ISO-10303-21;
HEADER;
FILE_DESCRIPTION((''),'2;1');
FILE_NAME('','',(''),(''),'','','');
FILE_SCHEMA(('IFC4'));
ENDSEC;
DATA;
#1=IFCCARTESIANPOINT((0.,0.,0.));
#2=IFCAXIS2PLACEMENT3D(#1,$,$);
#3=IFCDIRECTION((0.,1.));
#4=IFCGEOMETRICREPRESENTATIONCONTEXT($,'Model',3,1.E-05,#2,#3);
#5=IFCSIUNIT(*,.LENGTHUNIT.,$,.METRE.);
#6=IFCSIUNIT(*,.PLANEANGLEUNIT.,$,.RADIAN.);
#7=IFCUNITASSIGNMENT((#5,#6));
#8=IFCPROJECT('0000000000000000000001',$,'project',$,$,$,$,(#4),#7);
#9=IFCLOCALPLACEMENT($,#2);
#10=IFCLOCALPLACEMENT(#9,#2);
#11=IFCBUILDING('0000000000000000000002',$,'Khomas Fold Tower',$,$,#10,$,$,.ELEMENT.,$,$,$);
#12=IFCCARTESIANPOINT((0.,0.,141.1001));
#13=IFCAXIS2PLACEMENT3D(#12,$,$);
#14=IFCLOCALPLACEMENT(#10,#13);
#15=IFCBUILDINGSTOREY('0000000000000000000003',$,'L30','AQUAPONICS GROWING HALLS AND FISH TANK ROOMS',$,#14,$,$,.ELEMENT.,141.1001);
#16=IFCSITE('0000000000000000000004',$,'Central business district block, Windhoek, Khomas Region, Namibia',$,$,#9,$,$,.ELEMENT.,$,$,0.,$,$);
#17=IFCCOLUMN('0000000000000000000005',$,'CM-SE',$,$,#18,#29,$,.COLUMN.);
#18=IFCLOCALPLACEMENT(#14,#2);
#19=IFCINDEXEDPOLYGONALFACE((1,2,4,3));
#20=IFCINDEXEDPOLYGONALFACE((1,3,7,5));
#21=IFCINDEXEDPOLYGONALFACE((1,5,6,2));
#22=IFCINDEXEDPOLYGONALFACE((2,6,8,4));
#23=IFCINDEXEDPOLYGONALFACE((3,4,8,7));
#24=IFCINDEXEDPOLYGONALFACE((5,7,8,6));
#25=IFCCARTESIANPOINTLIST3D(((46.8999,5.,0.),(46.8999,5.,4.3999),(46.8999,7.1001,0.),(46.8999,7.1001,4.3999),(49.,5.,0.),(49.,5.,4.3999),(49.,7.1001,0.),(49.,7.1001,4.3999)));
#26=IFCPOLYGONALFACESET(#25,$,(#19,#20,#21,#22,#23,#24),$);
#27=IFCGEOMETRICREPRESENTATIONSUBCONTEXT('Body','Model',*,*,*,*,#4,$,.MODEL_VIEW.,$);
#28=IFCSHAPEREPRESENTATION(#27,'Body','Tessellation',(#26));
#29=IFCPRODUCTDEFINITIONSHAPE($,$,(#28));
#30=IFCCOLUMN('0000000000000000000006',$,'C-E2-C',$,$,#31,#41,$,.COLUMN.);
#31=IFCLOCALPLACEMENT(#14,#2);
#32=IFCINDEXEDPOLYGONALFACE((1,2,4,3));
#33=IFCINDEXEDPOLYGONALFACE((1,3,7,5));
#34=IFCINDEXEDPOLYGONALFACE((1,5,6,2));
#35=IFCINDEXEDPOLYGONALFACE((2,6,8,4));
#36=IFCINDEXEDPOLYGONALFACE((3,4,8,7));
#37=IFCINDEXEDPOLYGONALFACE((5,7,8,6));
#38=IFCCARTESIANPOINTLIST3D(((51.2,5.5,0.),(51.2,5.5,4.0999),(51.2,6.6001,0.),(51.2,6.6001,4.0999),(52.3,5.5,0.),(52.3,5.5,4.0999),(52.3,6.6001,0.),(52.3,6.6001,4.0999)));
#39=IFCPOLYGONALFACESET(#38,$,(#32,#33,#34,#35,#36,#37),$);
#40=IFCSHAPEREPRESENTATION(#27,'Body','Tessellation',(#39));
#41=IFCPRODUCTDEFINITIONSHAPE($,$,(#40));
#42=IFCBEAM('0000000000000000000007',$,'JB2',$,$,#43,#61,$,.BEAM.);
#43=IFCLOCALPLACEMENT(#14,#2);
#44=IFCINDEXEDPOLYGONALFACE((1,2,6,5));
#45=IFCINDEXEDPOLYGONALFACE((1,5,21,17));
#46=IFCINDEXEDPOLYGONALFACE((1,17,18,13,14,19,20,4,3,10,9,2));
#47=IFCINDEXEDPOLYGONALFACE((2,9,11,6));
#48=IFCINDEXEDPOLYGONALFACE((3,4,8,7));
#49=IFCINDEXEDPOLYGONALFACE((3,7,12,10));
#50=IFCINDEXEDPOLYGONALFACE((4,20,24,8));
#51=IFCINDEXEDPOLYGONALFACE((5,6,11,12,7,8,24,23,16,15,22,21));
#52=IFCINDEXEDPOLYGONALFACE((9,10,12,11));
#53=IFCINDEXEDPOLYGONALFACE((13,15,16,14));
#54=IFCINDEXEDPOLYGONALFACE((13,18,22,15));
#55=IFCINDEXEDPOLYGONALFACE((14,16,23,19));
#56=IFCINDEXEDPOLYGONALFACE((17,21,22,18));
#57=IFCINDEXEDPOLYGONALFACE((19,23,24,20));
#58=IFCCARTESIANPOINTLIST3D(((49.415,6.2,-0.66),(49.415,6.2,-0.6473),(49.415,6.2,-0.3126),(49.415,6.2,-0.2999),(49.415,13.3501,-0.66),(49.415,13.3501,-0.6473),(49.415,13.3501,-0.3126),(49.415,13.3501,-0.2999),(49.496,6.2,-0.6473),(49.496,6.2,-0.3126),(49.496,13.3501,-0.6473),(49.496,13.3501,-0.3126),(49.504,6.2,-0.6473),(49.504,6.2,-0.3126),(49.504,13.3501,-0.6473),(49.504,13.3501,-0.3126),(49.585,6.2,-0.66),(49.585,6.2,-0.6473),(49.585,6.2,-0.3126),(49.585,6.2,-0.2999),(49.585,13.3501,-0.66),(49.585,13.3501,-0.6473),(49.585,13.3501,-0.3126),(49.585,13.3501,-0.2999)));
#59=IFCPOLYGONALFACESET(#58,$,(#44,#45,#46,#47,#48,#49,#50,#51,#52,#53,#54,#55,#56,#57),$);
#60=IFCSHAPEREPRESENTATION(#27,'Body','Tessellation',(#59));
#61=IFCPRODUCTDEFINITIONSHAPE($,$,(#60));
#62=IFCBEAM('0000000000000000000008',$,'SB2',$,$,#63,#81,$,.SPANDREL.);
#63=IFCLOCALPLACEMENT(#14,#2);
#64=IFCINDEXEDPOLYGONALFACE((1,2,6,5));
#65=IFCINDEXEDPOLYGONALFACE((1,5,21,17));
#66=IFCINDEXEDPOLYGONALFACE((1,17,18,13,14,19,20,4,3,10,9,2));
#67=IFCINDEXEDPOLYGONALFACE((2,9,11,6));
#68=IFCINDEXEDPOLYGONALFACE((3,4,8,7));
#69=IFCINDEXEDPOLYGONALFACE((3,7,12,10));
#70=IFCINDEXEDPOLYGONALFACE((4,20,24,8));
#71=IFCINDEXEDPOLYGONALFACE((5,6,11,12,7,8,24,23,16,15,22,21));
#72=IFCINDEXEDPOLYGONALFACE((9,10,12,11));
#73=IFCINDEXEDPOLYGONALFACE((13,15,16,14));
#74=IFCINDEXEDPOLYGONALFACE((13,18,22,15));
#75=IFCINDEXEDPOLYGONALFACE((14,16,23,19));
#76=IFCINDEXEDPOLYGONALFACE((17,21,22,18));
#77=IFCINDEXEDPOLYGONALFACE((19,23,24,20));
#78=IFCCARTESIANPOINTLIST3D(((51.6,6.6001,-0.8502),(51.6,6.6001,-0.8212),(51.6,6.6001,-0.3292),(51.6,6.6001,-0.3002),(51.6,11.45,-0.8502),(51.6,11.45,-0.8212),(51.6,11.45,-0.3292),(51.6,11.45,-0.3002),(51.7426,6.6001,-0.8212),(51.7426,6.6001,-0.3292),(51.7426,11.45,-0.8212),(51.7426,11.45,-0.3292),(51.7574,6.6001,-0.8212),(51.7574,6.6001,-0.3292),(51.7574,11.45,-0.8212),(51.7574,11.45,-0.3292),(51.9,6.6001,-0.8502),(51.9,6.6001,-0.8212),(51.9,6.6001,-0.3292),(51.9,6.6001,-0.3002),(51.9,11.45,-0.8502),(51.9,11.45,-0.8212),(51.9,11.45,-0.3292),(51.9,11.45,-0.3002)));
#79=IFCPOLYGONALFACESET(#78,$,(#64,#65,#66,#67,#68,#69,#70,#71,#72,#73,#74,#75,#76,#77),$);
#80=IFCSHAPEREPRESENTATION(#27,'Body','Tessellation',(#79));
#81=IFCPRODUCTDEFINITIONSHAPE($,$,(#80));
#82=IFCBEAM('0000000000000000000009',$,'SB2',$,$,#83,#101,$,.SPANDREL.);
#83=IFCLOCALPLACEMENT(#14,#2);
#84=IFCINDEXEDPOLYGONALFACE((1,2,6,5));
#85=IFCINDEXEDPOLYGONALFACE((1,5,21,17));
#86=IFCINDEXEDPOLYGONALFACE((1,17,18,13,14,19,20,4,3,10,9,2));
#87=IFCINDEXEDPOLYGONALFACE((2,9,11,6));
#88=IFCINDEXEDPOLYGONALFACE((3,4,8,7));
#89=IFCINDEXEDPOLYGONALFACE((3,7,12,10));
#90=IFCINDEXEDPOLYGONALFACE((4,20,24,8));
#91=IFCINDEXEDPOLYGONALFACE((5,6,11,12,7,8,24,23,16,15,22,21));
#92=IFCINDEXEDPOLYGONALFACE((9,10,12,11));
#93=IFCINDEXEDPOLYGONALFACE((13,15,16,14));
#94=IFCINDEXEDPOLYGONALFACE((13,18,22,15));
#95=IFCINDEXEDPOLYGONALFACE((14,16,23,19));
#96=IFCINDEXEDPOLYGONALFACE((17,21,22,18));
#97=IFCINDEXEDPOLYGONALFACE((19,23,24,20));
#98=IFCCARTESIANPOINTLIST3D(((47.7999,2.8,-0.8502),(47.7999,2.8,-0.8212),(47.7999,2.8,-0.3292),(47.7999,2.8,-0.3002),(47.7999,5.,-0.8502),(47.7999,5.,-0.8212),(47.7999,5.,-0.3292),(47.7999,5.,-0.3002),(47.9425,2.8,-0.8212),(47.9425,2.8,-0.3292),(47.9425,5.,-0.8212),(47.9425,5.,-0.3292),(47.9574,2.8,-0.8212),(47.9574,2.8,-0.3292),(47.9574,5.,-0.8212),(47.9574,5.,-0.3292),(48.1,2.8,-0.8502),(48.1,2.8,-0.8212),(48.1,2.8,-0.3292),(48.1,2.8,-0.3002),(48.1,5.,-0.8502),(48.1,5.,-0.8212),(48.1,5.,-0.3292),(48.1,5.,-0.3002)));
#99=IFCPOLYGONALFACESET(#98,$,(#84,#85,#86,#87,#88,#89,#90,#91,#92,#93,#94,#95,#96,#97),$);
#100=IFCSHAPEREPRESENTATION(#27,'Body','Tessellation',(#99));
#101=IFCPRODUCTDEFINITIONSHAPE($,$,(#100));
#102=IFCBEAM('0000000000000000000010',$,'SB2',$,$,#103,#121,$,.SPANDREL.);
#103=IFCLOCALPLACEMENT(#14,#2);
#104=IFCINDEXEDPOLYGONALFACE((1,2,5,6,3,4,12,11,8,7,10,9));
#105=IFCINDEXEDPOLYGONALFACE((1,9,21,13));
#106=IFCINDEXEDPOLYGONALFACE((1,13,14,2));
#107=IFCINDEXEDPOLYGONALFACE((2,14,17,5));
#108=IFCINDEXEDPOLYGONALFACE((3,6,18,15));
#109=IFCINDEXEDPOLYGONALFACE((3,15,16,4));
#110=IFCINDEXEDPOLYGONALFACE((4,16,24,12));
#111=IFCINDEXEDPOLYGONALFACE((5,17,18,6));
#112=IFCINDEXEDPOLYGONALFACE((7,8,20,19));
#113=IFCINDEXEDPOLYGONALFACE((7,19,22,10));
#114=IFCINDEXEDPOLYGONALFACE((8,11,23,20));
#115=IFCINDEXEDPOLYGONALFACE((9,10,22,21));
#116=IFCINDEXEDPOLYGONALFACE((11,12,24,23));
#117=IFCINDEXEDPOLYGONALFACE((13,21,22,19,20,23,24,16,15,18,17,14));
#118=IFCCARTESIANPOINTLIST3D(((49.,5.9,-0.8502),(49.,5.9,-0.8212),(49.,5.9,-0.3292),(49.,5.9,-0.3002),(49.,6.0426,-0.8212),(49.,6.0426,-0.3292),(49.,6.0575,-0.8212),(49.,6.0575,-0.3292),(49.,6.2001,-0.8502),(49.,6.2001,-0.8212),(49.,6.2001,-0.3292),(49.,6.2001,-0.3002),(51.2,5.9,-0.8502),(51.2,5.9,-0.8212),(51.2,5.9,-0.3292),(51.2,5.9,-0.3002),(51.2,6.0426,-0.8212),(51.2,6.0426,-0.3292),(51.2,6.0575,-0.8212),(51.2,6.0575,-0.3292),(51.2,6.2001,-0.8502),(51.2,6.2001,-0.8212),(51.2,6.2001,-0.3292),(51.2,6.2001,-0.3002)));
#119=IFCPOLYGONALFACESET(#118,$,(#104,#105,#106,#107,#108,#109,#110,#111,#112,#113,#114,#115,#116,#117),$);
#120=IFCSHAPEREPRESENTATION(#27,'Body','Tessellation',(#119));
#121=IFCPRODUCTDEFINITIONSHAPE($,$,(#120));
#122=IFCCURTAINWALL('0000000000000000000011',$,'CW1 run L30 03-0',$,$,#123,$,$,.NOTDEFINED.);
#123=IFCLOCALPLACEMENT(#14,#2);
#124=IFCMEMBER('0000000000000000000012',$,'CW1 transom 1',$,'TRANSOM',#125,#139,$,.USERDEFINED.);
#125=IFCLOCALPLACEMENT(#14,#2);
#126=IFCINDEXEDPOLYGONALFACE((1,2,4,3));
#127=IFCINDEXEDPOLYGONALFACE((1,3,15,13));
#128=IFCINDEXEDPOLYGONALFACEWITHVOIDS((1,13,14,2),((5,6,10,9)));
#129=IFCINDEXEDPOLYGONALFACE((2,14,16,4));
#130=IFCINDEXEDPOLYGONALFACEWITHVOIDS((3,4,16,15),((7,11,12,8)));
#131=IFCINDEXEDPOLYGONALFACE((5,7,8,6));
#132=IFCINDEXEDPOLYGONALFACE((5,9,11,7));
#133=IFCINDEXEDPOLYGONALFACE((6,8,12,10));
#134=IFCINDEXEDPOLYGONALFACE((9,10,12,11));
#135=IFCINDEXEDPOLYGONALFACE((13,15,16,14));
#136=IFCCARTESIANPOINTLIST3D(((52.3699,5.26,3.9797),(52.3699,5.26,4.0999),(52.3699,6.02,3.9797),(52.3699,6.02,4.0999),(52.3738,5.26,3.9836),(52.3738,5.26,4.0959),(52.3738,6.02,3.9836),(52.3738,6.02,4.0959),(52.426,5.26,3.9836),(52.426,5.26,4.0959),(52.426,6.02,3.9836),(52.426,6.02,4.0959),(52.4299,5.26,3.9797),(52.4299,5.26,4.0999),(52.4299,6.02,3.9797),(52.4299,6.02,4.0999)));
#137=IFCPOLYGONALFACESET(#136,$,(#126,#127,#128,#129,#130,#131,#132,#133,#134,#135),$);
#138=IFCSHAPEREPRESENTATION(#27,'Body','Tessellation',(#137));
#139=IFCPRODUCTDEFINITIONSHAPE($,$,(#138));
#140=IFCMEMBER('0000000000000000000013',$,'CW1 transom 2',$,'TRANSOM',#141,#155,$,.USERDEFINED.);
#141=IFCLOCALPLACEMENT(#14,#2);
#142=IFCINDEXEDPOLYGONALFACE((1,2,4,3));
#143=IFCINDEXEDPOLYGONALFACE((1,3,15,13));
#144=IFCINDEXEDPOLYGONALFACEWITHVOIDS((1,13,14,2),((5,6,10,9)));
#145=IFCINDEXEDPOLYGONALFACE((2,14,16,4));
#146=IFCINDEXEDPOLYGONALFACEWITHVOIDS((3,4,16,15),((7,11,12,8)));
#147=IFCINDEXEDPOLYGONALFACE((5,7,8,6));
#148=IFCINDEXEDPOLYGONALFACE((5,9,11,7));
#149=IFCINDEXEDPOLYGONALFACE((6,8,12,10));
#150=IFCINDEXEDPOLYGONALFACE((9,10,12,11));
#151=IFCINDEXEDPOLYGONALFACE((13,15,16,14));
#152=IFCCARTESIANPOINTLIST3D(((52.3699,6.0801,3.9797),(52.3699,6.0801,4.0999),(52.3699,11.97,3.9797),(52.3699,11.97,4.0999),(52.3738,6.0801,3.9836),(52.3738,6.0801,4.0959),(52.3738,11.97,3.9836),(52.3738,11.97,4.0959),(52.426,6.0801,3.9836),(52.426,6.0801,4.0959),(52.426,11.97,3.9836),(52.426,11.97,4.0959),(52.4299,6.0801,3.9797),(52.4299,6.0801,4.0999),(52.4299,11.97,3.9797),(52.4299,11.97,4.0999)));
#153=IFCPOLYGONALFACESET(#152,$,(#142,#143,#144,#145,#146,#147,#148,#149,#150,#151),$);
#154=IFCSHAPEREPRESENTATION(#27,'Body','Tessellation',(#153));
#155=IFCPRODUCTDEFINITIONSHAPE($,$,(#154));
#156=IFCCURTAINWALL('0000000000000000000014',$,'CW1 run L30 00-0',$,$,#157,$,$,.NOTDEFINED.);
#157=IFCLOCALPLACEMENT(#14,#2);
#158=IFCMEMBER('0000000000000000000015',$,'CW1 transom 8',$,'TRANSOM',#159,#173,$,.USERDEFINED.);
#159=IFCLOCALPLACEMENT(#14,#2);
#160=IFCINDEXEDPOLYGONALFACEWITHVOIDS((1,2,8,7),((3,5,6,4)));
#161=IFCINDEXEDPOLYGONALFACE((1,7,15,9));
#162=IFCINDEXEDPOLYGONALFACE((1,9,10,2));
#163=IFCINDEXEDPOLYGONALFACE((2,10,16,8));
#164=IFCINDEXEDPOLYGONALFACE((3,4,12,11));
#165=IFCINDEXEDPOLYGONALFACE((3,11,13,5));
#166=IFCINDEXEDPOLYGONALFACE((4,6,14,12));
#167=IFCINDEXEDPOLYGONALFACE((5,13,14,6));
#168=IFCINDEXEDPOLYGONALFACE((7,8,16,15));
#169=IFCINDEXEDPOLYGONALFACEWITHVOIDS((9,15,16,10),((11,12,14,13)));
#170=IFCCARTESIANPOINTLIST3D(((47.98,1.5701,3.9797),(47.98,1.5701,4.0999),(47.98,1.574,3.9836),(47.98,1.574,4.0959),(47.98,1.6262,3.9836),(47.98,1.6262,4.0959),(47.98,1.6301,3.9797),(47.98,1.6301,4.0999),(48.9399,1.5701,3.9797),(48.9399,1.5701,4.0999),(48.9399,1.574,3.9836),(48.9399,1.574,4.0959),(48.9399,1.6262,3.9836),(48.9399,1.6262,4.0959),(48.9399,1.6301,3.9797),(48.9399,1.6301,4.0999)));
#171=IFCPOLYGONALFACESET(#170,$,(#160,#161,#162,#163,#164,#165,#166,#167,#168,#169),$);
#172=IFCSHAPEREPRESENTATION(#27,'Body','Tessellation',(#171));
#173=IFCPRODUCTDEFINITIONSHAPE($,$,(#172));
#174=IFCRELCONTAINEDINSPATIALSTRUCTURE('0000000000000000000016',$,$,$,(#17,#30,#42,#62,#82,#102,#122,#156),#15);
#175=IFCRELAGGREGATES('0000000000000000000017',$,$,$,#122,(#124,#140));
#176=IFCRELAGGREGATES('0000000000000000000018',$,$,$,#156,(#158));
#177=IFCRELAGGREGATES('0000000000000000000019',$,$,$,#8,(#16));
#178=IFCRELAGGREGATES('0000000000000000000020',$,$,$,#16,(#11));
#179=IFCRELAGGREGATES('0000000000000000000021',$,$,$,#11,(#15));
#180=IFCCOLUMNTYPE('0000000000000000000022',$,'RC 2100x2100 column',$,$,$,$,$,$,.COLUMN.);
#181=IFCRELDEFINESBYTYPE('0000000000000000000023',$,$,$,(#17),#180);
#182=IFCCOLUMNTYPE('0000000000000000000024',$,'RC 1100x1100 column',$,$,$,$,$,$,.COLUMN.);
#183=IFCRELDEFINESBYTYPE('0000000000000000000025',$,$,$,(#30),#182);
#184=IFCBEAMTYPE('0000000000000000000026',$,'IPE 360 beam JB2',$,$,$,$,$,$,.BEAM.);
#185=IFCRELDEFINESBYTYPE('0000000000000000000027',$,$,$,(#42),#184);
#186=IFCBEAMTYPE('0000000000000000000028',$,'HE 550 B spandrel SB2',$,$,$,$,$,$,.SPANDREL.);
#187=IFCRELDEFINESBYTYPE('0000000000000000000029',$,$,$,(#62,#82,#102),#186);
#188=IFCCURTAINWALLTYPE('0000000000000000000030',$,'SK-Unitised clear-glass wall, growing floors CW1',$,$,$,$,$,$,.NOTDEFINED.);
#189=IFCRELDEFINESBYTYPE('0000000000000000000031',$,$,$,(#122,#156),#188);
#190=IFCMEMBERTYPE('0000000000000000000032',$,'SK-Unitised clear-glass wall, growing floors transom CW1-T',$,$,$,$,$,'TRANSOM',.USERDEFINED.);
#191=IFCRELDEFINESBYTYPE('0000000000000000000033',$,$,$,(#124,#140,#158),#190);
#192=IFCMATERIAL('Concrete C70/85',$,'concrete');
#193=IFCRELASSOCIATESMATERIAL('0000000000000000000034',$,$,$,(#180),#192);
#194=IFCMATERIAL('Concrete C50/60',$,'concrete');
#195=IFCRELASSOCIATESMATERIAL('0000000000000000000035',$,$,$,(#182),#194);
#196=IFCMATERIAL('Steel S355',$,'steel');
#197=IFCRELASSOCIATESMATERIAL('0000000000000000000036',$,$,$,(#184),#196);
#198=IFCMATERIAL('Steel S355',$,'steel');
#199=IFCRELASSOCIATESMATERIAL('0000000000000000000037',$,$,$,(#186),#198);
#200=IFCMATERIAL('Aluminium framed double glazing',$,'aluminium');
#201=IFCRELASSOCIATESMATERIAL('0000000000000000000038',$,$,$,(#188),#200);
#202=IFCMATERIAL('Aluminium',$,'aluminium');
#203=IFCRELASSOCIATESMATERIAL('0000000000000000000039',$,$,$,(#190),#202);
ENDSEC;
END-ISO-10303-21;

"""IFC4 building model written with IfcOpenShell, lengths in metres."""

from ifc_helpers import new_model, si_unit, direction, frame, origin, origin_2d, place, context, subcontext, project, spatial, rectangle, hollow_rectangle, i_section, extrude, source, transform, mapped, material, material_profile, profile_set, type_object, element, aggregate, save


model = new_model("IFC4")

# Units and contexts
model_context = context("Model", 3, precision=1e-05, world=origin(), true_north=direction((0.0, 1.0)))
body_context = subcontext(model_context, "Body", "Model", "MODEL_VIEW")
ifc_project = project(units=[si_unit("LENGTHUNIT", "METRE"), si_unit("PLANEANGLEUNIT", "RADIAN")], contexts=[model_context])

# Site, building, storey
site_placement = place(None, origin())
site = spatial("IfcSite", under=ifc_project, at=site_placement, Name="Central business district block, Windhoek, Khomas Region, Namibia", CompositionType="ELEMENT", RefElevation=0.0)
building_placement = place(site_placement, origin())
building = spatial("IfcBuilding", under=site, at=building_placement, Name="Khomas Fold Tower", CompositionType="ELEMENT")
storey_placement = place(building_placement, frame((0.0, 0.0, 141.1001)))
storey = spatial("IfcBuildingStorey", under=building, at=storey_placement, Name="L30", Description="AQUAPONICS GROWING HALLS AND FISH TANK ROOMS", CompositionType="ELEMENT", Elevation=141.1001)

# Columns
ifc_material_1 = material(Name="Concrete C70/85", Category="concrete")
ifc_material_profile_1 = material_profile(ifc_material_1, rectangle(XDim=2.1001, YDim=2.1001, at=origin_2d()), Name="RC 2100x2100")
ifc_profile_set_1 = profile_set([ifc_material_profile_1], Name="Concrete C70/85")
column_type_1 = type_object("IfcColumnType", Name="RC 2100x2100 column", PredefinedType="COLUMN", material=ifc_profile_set_1)
shared_shape_1 = source(origin(), body_context, "Body", "SweptSolid", [
    extrude(rectangle(XDim=2.1001, YDim=2.1001, at=origin_2d()), origin(), (0.0, 0.0, 1.0), 4.3999),
])
column_1_placement = place(storey_placement, frame((47.95, 6.05, 0.0), z_axis=(0.0, 0.0, 1.0), x_axis=(1.0, 0.0, 0.0)))
element("IfcColumn", 1, at=column_1_placement, inside=storey, type_object=column_type_1, Name="CM-SE", PredefinedType="COLUMN", context=body_context, shape_type="MappedRepresentation", body=[
    mapped(shared_shape_1, transform((0.0, 0.0, 0.0))),
])
ifc_material_2 = material(Name="Concrete C50/60", Category="concrete")
ifc_material_profile_2 = material_profile(ifc_material_2, rectangle(XDim=1.1001, YDim=1.1001, at=origin_2d()), Name="RC 1100x1100")
ifc_profile_set_2 = profile_set([ifc_material_profile_2], Name="Concrete C50/60")
column_type_2 = type_object("IfcColumnType", Name="RC 1100x1100 column", PredefinedType="COLUMN", material=ifc_profile_set_2)
shared_shape_2 = source(origin(), body_context, "Body", "SweptSolid", [
    extrude(rectangle(XDim=1.1001, YDim=1.1001, at=origin_2d()), origin(), (0.0, 0.0, 1.0), 4.0999),
])
column_2_placement = place(storey_placement, frame((51.75, 6.05, 0.0), z_axis=(0.0, 0.0, 1.0), x_axis=(1.0, 0.0, 0.0)))
element("IfcColumn", 2, at=column_2_placement, inside=storey, type_object=column_type_2, Name="C-E2-C", PredefinedType="COLUMN", context=body_context, shape_type="MappedRepresentation", body=[
    mapped(shared_shape_2, transform((0.0, 0.0, 0.0))),
])

# Beams
ifc_material_3 = material(Name="Steel S355", Category="steel")
ifc_material_profile_3 = material_profile(ifc_material_3, i_section(OverallWidth=0.1699, OverallDepth=0.3601, WebThickness=0.0081, FlangeThickness=0.0127, at=origin_2d()), Name="IPE 360")
ifc_profile_set_3 = profile_set([ifc_material_profile_3], Name="Steel S355")
beam_type_1 = type_object("IfcBeamType", Name="IPE 360 beam JB2", PredefinedType="BEAM", material=ifc_profile_set_3)
shared_shape_3 = source(origin(), body_context, "Body", "SweptSolid", [
    extrude(i_section(OverallWidth=0.1699, OverallDepth=0.3601, WebThickness=0.0081, FlangeThickness=0.0127, at=origin_2d()), origin(), (0.0, 0.0, 1.0), 7.1501),
])
beam_1_placement = place(storey_placement, frame((49.5, 6.2, -0.48), z_axis=(0.0, 1.0, 0.0), x_axis=(-1.0, 0.0, 0.0)))
element("IfcBeam", 3, at=beam_1_placement, inside=storey, type_object=beam_type_1, Name="JB2", PredefinedType="BEAM", context=body_context, shape_type="MappedRepresentation", body=[
    mapped(shared_shape_3, transform((0.0, 0.0, 0.0))),
])
ifc_material_4 = material(Name="Steel S355", Category="steel")
ifc_material_profile_4 = material_profile(ifc_material_4, i_section(OverallWidth=0.3, OverallDepth=0.55, WebThickness=0.0149, FlangeThickness=0.0291, at=origin_2d()), Name="HE 550 B")
ifc_profile_set_4 = profile_set([ifc_material_profile_4], Name="Steel S355")
beam_type_2 = type_object("IfcBeamType", Name="HE 550 B spandrel SB2", PredefinedType="SPANDREL", material=ifc_profile_set_4)
shared_shape_4 = source(origin(), body_context, "Body", "SweptSolid", [
    extrude(i_section(OverallWidth=0.3, OverallDepth=0.55, WebThickness=0.0149, FlangeThickness=0.0291, at=origin_2d()), origin(), (0.0, 0.0, 1.0), 4.8499),
])
beam_2_placement = place(storey_placement, frame((51.75, 6.6001, -0.5752), z_axis=(0.0, 1.0, 0.0), x_axis=(-1.0, 0.0, 0.0)))
element("IfcBeam", 4, at=beam_2_placement, inside=storey, type_object=beam_type_2, Name="SB2", PredefinedType="SPANDREL", context=body_context, shape_type="MappedRepresentation", body=[
    mapped(shared_shape_4, transform((0.0, 0.0, 0.0))),
])
shared_shape_5 = source(origin(), body_context, "Body", "SweptSolid", [
    extrude(i_section(OverallWidth=0.3, OverallDepth=0.55, WebThickness=0.0149, FlangeThickness=0.0291, at=origin_2d()), origin(), (0.0, 0.0, 1.0), 2.2),
])
for number, where, z_axis, x_axis, name in (
    (5, (47.95, 2.8, -0.5752), (0.0, 1.0, 0.0), (-1.0, 0.0, 0.0), "SB2"),
    (6, (49.0, 6.05, -0.5752), (1.0, 0.0, 0.0), (0.0, 1.0, 0.0), "SB2"),
):
    element("IfcBeam", number, at=place(storey_placement, frame(where, z_axis=z_axis, x_axis=x_axis)), inside=storey, type_object=beam_type_2, Name=name, PredefinedType="SPANDREL", context=body_context, shape_type="MappedRepresentation", body=[
        mapped(shared_shape_5, transform((0.0, 0.0, 0.0))),
    ])

# Curtain wall, members
ifc_material_5 = material(Name="Aluminium framed double glazing", Category="aluminium")
curtain_wall_type = type_object("IfcCurtainWallType", Name="SK-Unitised clear-glass wall, growing floors CW1", PredefinedType="NOTDEFINED", material=ifc_material_5)
curtain_wall_1_placement = place(storey_placement, origin())
curtain_wall_1 = element("IfcCurtainWall", 7, at=curtain_wall_1_placement, inside=storey, type_object=curtain_wall_type, Name="CW1 run L30 03-0", PredefinedType="NOTDEFINED")
ifc_material_6 = material(Name="Aluminium", Category="aluminium")
ifc_material_profile_5 = material_profile(ifc_material_6, hollow_rectangle(XDim=0.0601, YDim=0.1201, WallThickness=0.0039, at=origin_2d()), Name="SK-Unitised clear-glass wall, growing floors transom CW1-T")
ifc_profile_set_5 = profile_set([ifc_material_profile_5], Name="Aluminium")
member_type_1 = type_object("IfcMemberType", Name="SK-Unitised clear-glass wall, growing floors transom CW1-T", ElementType="TRANSOM", PredefinedType="USERDEFINED", material=ifc_profile_set_5)
shared_shape_6 = source(origin(), body_context, "Body", "SweptSolid", [
    extrude(hollow_rectangle(XDim=0.0601, YDim=0.1201, WallThickness=0.0039, at=origin_2d()), origin(), (0.0, 0.0, 1.0), 0.76),
])
member_1_placement = place(storey_placement, frame((52.3999, 5.26, 4.0398), z_axis=(0.0, 1.0, 0.0), x_axis=(-1.0, 0.0, 0.0)))
member_1 = element("IfcMember", 8, at=member_1_placement, type_object=member_type_1, Name="CW1 transom 1", ObjectType="TRANSOM", PredefinedType="USERDEFINED", context=body_context, shape_type="MappedRepresentation", body=[
    mapped(shared_shape_6, transform((0.0, 0.0, 0.0))),
])
shared_shape_7 = source(origin(), body_context, "Body", "SweptSolid", [
    extrude(hollow_rectangle(XDim=0.0601, YDim=0.1201, WallThickness=0.0039, at=origin_2d()), origin(), (0.0, 0.0, 1.0), 5.8899),
])
member_2_placement = place(storey_placement, frame((52.3999, 6.0801, 4.0398), z_axis=(0.0, 1.0, 0.0), x_axis=(-1.0, 0.0, 0.0)))
member_2 = element("IfcMember", 9, at=member_2_placement, type_object=member_type_1, Name="CW1 transom 2", ObjectType="TRANSOM", PredefinedType="USERDEFINED", context=body_context, shape_type="MappedRepresentation", body=[
    mapped(shared_shape_7, transform((0.0, 0.0, 0.0))),
])

# Curtain wall, member
curtain_wall_2_placement = place(storey_placement, origin())
curtain_wall_2 = element("IfcCurtainWall", 10, at=curtain_wall_2_placement, inside=storey, type_object=curtain_wall_type, Name="CW1 run L30 00-0", PredefinedType="NOTDEFINED")
shared_shape_8 = source(origin(), body_context, "Body", "SweptSolid", [
    extrude(hollow_rectangle(XDim=0.0601, YDim=0.1201, WallThickness=0.0039, at=origin_2d()), origin(), (0.0, 0.0, 1.0), 0.96),
])
member_3_placement = place(storey_placement, frame((47.98, 1.6001, 4.0398), z_axis=(1.0, 0.0, 0.0), x_axis=(0.0, 1.0, 0.0)))
member_3 = element("IfcMember", 11, at=member_3_placement, type_object=member_type_1, Name="CW1 transom 8", ObjectType="TRANSOM", PredefinedType="USERDEFINED", context=body_context, shape_type="MappedRepresentation", body=[
    mapped(shared_shape_8, transform((0.0, 0.0, 0.0))),
])

aggregate(curtain_wall_1, [member_1, member_2])
aggregate(curtain_wall_2, [member_3])

save(model, "model.ifc")
